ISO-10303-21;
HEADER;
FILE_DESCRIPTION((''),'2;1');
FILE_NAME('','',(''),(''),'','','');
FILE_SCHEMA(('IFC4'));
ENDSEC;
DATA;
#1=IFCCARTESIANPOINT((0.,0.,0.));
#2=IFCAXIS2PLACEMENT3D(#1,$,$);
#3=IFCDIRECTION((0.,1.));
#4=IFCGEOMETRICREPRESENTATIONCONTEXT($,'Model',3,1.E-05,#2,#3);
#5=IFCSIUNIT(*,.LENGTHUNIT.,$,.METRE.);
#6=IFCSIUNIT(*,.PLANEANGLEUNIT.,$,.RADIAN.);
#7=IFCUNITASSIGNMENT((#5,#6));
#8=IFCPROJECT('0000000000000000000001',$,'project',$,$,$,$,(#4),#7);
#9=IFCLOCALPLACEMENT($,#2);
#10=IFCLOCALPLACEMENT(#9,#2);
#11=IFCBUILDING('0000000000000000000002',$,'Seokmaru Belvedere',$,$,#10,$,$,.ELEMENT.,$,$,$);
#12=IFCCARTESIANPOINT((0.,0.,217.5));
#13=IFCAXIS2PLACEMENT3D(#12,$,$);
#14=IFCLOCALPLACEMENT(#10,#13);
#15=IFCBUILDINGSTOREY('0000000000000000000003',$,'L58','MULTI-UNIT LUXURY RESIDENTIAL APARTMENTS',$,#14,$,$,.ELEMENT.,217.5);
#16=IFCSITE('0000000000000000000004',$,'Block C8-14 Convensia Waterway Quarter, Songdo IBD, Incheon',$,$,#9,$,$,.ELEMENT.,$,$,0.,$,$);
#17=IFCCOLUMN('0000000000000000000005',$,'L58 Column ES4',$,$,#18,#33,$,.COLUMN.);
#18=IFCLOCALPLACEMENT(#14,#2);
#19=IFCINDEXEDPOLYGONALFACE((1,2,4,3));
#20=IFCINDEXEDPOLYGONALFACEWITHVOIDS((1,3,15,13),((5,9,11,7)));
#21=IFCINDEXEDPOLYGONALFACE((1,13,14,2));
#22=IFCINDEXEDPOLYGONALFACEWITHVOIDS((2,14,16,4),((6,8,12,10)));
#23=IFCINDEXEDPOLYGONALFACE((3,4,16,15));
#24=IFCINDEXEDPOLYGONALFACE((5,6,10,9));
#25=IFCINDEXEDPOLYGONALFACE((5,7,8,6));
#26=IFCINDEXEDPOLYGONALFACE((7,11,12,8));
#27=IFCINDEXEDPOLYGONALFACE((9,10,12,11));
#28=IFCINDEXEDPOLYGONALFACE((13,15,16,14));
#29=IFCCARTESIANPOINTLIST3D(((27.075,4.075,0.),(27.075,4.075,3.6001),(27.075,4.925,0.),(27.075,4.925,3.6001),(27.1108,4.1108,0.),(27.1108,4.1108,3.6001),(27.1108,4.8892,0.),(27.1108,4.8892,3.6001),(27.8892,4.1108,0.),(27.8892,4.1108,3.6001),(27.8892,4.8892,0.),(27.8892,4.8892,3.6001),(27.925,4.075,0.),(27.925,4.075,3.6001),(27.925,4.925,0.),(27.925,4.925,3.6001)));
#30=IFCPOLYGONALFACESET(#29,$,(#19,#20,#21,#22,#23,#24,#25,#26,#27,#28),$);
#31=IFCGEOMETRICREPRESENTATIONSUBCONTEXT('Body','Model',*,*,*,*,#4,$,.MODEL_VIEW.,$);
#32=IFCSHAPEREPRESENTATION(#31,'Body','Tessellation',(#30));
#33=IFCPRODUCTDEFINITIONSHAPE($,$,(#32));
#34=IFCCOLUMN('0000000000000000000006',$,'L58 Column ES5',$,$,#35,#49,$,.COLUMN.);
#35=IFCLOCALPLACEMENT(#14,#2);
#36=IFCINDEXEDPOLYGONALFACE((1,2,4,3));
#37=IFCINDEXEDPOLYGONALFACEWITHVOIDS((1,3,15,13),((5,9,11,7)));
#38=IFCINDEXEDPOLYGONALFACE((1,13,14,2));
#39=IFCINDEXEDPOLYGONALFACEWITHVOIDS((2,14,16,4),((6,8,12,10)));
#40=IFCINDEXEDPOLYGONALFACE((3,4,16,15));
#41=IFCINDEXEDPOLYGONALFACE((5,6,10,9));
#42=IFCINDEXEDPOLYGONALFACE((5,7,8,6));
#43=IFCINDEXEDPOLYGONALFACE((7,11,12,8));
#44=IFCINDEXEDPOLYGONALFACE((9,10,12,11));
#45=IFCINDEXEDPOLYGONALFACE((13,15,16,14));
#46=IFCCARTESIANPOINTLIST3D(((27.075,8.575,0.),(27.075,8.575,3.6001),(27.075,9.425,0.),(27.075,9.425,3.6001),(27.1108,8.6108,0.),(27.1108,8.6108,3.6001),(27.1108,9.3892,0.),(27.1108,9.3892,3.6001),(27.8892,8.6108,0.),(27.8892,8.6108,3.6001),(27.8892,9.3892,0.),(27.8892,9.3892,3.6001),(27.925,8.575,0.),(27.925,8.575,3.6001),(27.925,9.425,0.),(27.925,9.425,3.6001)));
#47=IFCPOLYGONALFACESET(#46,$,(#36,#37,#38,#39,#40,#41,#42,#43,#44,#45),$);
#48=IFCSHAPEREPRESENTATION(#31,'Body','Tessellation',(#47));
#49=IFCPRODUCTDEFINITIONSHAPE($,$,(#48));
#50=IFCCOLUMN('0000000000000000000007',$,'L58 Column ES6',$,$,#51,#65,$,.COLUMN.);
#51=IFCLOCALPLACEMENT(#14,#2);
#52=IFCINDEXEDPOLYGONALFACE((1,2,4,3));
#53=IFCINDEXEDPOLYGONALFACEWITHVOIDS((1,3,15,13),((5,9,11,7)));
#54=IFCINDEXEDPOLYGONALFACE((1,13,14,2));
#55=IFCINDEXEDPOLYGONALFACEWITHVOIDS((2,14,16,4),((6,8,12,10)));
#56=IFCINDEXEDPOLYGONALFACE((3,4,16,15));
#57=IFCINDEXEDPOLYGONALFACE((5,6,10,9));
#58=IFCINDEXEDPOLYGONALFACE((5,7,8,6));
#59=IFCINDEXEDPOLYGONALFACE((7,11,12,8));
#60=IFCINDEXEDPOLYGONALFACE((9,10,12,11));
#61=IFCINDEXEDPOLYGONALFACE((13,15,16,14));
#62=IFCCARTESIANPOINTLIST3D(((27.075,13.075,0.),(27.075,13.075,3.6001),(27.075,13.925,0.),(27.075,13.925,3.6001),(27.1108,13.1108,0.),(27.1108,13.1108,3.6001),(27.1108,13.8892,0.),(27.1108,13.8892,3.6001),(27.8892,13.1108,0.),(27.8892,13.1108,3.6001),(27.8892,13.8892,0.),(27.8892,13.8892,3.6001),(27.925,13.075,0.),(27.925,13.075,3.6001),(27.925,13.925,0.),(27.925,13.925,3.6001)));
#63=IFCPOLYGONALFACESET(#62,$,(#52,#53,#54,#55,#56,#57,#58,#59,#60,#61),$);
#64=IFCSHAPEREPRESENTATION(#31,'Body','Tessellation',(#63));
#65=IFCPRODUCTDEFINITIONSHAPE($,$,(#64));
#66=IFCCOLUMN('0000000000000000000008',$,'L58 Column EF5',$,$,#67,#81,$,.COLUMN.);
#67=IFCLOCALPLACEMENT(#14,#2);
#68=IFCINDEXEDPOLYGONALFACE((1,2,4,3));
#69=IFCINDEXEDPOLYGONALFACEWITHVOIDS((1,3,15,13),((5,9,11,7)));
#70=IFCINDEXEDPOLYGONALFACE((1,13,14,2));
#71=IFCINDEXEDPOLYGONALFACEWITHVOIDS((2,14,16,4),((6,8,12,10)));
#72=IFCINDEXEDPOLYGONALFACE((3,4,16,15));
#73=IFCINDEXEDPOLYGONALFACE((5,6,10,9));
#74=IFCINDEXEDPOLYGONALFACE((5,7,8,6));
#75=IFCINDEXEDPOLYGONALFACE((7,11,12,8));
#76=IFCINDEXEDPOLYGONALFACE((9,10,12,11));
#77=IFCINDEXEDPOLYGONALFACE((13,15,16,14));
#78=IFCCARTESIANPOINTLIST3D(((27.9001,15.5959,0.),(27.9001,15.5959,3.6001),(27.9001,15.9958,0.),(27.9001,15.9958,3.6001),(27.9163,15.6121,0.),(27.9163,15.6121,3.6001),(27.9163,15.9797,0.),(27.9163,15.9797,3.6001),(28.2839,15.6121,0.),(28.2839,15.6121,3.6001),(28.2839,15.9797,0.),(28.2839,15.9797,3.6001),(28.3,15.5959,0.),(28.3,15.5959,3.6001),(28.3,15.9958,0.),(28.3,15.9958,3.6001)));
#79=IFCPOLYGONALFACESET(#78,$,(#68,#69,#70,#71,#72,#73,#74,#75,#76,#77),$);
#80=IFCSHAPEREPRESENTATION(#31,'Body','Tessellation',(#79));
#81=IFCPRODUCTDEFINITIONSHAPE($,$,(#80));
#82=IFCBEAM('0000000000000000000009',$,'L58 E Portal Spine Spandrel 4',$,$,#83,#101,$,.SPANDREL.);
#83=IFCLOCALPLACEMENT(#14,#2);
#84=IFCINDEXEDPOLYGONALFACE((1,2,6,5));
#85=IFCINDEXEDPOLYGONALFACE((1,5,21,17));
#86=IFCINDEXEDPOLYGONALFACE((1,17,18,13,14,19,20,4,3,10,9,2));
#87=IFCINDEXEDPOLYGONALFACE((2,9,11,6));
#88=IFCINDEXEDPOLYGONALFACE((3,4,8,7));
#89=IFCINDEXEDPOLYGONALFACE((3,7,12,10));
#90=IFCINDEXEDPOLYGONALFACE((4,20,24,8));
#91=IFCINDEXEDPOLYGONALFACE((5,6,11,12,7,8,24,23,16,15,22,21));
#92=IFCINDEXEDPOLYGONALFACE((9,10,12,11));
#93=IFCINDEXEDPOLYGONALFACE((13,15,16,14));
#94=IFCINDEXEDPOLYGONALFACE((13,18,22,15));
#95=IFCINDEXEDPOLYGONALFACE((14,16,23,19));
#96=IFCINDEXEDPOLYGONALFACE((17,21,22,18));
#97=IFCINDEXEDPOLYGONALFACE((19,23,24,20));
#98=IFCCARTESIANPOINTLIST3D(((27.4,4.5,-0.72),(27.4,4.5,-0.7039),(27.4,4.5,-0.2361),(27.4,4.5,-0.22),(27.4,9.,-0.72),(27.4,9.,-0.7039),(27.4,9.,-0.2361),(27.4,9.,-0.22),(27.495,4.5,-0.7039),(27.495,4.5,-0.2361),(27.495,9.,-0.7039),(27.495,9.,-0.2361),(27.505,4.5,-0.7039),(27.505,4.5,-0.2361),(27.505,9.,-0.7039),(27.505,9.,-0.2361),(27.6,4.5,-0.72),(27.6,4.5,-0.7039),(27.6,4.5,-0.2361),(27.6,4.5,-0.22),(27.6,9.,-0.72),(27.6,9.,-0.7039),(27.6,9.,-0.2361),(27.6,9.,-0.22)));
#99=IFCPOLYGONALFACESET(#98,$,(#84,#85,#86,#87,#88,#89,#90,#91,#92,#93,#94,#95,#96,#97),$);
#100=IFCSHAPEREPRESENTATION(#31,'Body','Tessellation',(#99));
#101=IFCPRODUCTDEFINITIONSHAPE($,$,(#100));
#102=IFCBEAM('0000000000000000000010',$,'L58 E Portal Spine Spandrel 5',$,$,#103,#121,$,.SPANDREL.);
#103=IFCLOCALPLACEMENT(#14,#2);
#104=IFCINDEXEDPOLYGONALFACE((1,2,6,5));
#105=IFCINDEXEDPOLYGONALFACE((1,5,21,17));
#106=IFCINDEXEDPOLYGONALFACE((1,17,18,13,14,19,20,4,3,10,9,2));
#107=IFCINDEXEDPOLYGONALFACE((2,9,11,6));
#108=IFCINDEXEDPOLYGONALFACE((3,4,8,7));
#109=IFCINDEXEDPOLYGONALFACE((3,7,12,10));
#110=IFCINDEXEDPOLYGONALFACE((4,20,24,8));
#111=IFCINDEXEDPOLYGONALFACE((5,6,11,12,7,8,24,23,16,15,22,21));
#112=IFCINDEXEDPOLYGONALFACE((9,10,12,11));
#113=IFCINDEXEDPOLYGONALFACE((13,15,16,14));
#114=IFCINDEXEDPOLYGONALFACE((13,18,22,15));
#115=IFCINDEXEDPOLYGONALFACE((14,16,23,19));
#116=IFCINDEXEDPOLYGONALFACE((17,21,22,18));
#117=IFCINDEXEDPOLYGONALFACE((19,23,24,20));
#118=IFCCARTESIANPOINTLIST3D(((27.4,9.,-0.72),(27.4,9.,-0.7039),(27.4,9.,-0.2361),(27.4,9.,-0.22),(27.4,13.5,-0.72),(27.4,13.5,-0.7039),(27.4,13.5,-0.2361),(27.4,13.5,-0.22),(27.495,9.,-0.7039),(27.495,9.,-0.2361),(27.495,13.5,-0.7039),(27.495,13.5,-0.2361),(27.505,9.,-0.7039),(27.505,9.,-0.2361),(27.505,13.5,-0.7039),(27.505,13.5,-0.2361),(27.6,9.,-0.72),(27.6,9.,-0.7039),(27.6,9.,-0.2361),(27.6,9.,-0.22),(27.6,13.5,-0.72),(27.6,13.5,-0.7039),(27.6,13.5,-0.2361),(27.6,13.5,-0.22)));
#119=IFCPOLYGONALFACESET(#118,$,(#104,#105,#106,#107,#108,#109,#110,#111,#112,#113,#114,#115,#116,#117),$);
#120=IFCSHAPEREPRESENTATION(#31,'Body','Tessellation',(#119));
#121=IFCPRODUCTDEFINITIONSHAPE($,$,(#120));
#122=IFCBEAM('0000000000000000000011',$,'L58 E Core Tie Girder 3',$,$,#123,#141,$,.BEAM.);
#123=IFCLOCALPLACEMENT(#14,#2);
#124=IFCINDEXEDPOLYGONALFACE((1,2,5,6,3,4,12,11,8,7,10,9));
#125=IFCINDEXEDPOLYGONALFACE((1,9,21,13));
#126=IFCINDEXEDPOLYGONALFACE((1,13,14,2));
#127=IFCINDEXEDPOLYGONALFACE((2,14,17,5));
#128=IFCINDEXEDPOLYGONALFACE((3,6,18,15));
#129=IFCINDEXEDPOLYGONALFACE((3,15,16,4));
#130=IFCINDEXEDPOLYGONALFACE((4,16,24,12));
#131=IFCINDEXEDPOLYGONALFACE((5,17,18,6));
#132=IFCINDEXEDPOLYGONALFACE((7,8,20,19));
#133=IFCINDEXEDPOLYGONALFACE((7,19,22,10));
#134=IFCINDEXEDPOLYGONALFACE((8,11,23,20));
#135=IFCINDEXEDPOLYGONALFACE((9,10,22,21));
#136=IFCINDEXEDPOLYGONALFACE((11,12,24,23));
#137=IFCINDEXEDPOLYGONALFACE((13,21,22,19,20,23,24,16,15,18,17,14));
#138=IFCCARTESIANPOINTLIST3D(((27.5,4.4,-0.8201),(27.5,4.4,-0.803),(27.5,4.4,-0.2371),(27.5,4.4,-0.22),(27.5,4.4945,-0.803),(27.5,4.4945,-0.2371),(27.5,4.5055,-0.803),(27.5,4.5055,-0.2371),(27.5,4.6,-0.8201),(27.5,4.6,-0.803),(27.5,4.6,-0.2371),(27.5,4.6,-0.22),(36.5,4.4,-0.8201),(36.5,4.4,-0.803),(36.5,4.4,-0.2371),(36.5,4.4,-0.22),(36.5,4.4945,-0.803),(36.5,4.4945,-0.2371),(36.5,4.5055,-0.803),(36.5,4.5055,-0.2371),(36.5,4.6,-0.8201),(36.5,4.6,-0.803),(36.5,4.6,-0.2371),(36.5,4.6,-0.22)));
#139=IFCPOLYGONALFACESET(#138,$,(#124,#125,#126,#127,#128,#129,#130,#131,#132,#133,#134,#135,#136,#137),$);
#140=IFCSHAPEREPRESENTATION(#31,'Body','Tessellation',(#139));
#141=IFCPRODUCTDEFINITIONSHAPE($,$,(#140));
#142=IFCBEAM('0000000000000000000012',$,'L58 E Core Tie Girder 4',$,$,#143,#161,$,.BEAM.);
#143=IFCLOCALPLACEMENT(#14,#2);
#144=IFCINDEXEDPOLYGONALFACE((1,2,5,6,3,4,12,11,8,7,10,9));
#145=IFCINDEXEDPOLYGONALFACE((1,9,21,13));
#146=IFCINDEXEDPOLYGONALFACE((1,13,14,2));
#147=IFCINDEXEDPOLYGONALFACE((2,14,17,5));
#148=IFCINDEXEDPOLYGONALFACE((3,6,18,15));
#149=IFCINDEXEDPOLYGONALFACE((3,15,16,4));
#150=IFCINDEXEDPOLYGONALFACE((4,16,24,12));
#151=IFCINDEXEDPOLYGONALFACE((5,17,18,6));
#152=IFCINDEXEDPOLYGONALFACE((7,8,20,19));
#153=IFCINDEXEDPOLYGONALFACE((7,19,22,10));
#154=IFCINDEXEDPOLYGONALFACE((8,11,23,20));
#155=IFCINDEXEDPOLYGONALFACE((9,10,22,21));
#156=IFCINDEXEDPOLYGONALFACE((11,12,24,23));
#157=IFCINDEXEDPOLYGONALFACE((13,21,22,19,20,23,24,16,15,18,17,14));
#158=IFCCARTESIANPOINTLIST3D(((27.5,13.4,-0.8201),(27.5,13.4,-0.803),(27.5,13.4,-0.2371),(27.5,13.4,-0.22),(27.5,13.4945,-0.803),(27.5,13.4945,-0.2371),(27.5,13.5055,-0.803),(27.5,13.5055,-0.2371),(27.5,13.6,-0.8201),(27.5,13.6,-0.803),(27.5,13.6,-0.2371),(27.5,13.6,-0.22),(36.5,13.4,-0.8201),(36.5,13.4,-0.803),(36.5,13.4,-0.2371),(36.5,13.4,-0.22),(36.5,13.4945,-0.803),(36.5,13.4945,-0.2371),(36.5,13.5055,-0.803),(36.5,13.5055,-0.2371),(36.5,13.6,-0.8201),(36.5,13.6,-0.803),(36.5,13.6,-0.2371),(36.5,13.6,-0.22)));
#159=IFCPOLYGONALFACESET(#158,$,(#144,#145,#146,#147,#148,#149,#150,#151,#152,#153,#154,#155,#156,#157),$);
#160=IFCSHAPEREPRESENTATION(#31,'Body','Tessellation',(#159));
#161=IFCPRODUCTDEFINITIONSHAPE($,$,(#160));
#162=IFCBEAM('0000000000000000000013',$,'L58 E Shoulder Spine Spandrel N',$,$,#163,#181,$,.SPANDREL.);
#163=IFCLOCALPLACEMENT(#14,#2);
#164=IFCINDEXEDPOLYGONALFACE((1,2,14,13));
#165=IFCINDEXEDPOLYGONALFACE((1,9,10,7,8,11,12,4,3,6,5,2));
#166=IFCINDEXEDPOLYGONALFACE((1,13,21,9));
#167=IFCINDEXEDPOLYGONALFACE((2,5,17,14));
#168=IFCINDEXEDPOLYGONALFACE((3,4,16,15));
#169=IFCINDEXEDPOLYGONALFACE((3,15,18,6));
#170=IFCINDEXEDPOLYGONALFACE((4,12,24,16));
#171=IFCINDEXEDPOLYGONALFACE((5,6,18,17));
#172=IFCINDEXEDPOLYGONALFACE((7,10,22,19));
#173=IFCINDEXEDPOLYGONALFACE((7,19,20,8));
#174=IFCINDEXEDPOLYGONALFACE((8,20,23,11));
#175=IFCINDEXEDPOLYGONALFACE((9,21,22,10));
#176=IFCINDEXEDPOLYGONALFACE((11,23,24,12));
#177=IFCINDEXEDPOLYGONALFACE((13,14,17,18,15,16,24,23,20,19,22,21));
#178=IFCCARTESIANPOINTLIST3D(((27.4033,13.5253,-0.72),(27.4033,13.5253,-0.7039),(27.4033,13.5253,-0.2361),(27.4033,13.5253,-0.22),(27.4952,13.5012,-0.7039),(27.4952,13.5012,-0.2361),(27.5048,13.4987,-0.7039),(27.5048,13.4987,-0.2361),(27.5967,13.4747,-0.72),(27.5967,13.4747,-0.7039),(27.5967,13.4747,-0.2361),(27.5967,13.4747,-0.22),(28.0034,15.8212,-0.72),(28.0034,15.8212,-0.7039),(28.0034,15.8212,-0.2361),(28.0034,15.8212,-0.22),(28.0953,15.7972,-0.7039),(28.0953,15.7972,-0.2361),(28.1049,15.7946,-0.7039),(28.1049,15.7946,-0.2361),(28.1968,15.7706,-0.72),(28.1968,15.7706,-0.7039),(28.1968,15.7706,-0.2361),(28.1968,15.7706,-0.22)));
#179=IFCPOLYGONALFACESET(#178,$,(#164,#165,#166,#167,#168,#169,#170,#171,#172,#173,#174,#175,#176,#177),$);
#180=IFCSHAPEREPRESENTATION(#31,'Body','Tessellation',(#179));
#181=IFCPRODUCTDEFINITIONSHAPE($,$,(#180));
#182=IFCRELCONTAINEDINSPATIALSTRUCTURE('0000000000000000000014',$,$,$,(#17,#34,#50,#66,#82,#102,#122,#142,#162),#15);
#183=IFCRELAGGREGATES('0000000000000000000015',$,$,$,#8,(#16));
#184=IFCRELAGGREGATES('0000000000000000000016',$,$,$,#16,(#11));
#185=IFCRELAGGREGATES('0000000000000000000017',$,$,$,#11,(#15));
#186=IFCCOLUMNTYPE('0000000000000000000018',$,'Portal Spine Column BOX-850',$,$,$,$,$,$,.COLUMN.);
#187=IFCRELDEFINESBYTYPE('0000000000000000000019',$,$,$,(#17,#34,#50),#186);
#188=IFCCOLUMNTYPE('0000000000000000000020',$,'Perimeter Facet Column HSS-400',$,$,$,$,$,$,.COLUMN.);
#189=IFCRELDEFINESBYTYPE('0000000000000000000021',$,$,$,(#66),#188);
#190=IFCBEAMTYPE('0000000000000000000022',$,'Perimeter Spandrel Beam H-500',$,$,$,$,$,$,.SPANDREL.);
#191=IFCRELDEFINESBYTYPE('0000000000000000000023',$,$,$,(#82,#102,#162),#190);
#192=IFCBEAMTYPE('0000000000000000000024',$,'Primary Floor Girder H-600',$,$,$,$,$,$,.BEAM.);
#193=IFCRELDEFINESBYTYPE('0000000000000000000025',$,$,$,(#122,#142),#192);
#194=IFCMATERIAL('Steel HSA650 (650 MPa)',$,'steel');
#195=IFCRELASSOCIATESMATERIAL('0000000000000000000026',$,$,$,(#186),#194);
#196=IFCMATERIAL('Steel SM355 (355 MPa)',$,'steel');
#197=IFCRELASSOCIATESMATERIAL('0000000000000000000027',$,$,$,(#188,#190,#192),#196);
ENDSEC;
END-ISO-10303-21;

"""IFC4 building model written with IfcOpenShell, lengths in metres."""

from ifc_helpers import new_model, si_unit, direction, frame, origin, origin_2d, place, context, subcontext, project, spatial, hollow_rectangle, i_section, extrude, source, transform, mapped, material, material_profile, profile_set, type_object, type_shapes, element, save


model = new_model("IFC4")

# Units and contexts
model_context = context("Model", 3, precision=1e-05, world=origin(), true_north=direction((0.0, 1.0)))
body_context = subcontext(model_context, "Body", "Model", "MODEL_VIEW")
ifc_project = project(units=[si_unit("LENGTHUNIT", "METRE"), si_unit("PLANEANGLEUNIT", "RADIAN")], contexts=[model_context])

# Site, building, storey
site_placement = place(None, origin())
site = spatial("IfcSite", under=ifc_project, at=site_placement, Name="Block C8-14 Convensia Waterway Quarter, Songdo IBD, Incheon", CompositionType="ELEMENT", RefElevation=0.0)
building_placement = place(site_placement, origin())
building = spatial("IfcBuilding", under=site, at=building_placement, Name="Seokmaru Belvedere", CompositionType="ELEMENT")
storey_placement = place(building_placement, frame((0.0, 0.0, 217.5)))
storey = spatial("IfcBuildingStorey", under=building, at=storey_placement, Name="L58", Description="MULTI-UNIT LUXURY RESIDENTIAL APARTMENTS", CompositionType="ELEMENT", Elevation=217.5)

# Columns
ifc_material_1 = material(Name="Steel HSA650 (650 MPa)", Category="steel")
ifc_material_profile_1 = material_profile(ifc_material_1, hollow_rectangle(XDim=0.8501, YDim=0.8501, WallThickness=0.0359, at=origin_2d()), Name="BOX-850x850x36")
ifc_profile_set_1 = profile_set([ifc_material_profile_1], Name="Steel HSA650 (650 MPa)")
column_type_1 = type_object("IfcColumnType", Name="Portal Spine Column BOX-850", PredefinedType="COLUMN", material=ifc_profile_set_1)
shared_shape_1 = source(origin(), body_context, "Body", "SweptSolid", [
    extrude(hollow_rectangle(XDim=0.8501, YDim=0.8501, WallThickness=0.0359, at=origin_2d()), origin(), (0.0, 0.0, 1.0), 3.6001),
])
type_shapes(column_type_1, [shared_shape_1])
for number, where, z_axis, x_axis, name in (
    (1, (27.5, 4.5, 0.0), (0.0, 0.0, 1.0), (1.0, 0.0, 0.0), "L58 Column ES4"),
    (2, (27.5, 9.0, 0.0), (0.0, 0.0, 1.0), (1.0, 0.0, 0.0), "L58 Column ES5"),
    (3, (27.5, 13.5, 0.0), (0.0, 0.0, 1.0), (1.0, 0.0, 0.0), "L58 Column ES6"),
):
    element("IfcColumn", number, at=place(storey_placement, frame(where, z_axis=z_axis, x_axis=x_axis)), inside=storey, type_object=column_type_1, Name=name, PredefinedType="COLUMN", context=body_context, shape_type="MappedRepresentation", body=[
        mapped(shared_shape_1, transform((0.0, 0.0, 0.0), scale=1.0)),
    ])
ifc_material_2 = material(Name="Steel SM355 (355 MPa)", Category="steel")
ifc_material_profile_2 = material_profile(ifc_material_2, hollow_rectangle(XDim=0.3999, YDim=0.3999, WallThickness=0.0161, at=origin_2d()), Name="HSS-400x400x16")
ifc_profile_set_2 = profile_set([ifc_material_profile_2], Name="Steel SM355 (355 MPa)")
column_type_2 = type_object("IfcColumnType", Name="Perimeter Facet Column HSS-400", PredefinedType="COLUMN", material=ifc_profile_set_2)
shared_shape_2 = source(origin(), body_context, "Body", "SweptSolid", [
    extrude(hollow_rectangle(XDim=0.3999, YDim=0.3999, WallThickness=0.0161, at=origin_2d()), origin(), (0.0, 0.0, 1.0), 3.6001),
])
type_shapes(column_type_2, [shared_shape_2])
column_placement = place(storey_placement, frame((28.1001, 15.7959, 0.0), z_axis=(0.0, 0.0, 1.0), x_axis=(1.0, 0.0, 0.0)))
element("IfcColumn", 4, at=column_placement, inside=storey, type_object=column_type_2, Name="L58 Column EF5", PredefinedType="COLUMN", context=body_context, shape_type="MappedRepresentation", body=[
    mapped(shared_shape_2, transform((0.0, 0.0, 0.0), scale=1.0)),
])

# Beams
ifc_material_profile_3 = material_profile(ifc_material_2, i_section(OverallWidth=0.2, OverallDepth=0.5, WebThickness=0.01, FlangeThickness=0.0161, at=origin_2d()), Name="H-500x200x10x16")
ifc_profile_set_3 = profile_set([ifc_material_profile_3], Name="Steel SM355 (355 MPa)")
beam_type_1 = type_object("IfcBeamType", Name="Perimeter Spandrel Beam H-500", PredefinedType="SPANDREL", material=ifc_profile_set_3)
shared_shape_3 = source(origin(), body_context, "Body", "SweptSolid", [
    extrude(i_section(OverallWidth=0.2, OverallDepth=0.5, WebThickness=0.01, FlangeThickness=0.0161, at=origin_2d()), origin(), (0.0, 0.0, 1.0), 4.5),
])
for number, where, z_axis, x_axis, name in (
    (5, (27.5, 4.5, -0.47), (0.0, 1.0, 0.0), (-1.0, 0.0, 0.0), "L58 E Portal Spine Spandrel 4"),
    (6, (27.5, 9.0, -0.47), (0.0, 1.0, 0.0), (-1.0, 0.0, 0.0), "L58 E Portal Spine Spandrel 5"),
):
    element("IfcBeam", number, at=place(storey_placement, frame(where, z_axis=z_axis, x_axis=x_axis)), inside=storey, type_object=beam_type_1, Name=name, PredefinedType="SPANDREL", context=body_context, shape_type="MappedRepresentation", body=[
        mapped(shared_shape_3, transform((0.0, 0.0, 0.0), scale=1.0)),
    ])
ifc_material_profile_4 = material_profile(ifc_material_2, i_section(OverallWidth=0.2, OverallDepth=0.6001, WebThickness=0.011, FlangeThickness=0.0171, at=origin_2d()), Name="H-600x200x11x17")
ifc_profile_set_4 = profile_set([ifc_material_profile_4], Name="Steel SM355 (355 MPa)")
beam_type_2 = type_object("IfcBeamType", Name="Primary Floor Girder H-600", PredefinedType="BEAM", material=ifc_profile_set_4)
shared_shape_4 = source(origin(), body_context, "Body", "SweptSolid", [
    extrude(i_section(OverallWidth=0.2, OverallDepth=0.6001, WebThickness=0.011, FlangeThickness=0.0171, at=origin_2d()), origin(), (0.0, 0.0, 1.0), 9.0),
])
type_shapes(beam_type_2, [shared_shape_4])
for number, where, z_axis, x_axis, name in (
    (7, (27.5, 4.5, -0.52), (1.0, 0.0, 0.0), (0.0, 1.0, 0.0), "L58 E Core Tie Girder 3"),
    (8, (27.5, 13.5, -0.52), (1.0, 0.0, 0.0), (0.0, 1.0, 0.0), "L58 E Core Tie Girder 4"),
):
    element("IfcBeam", number, at=place(storey_placement, frame(where, z_axis=z_axis, x_axis=x_axis)), inside=storey, type_object=beam_type_2, Name=name, PredefinedType="BEAM", context=body_context, shape_type="MappedRepresentation", body=[
        mapped(shared_shape_4, transform((0.0, 0.0, 0.0), scale=1.0)),
    ])
shared_shape_5 = source(origin(), body_context, "Body", "SweptSolid", [
    extrude(i_section(OverallWidth=0.2, OverallDepth=0.5, WebThickness=0.01, FlangeThickness=0.0161, at=origin_2d()), origin(), (0.0, 0.0, 1.0), 2.373),
])
type_shapes(beam_type_1, [shared_shape_3, shared_shape_5])
beam_placement = place(storey_placement, frame((28.1001, 15.7959, -0.47), z_axis=(-0.252883, -0.967497, 0.0), x_axis=(0.967497, -0.252883, 0.0)))
element("IfcBeam", 9, at=beam_placement, inside=storey, type_object=beam_type_1, Name="L58 E Shoulder Spine Spandrel N", PredefinedType="SPANDREL", context=body_context, shape_type="MappedRepresentation", body=[
    mapped(shared_shape_5, transform((0.0, 0.0, 0.0), scale=1.0)),
])

save(model, "model.ifc")
